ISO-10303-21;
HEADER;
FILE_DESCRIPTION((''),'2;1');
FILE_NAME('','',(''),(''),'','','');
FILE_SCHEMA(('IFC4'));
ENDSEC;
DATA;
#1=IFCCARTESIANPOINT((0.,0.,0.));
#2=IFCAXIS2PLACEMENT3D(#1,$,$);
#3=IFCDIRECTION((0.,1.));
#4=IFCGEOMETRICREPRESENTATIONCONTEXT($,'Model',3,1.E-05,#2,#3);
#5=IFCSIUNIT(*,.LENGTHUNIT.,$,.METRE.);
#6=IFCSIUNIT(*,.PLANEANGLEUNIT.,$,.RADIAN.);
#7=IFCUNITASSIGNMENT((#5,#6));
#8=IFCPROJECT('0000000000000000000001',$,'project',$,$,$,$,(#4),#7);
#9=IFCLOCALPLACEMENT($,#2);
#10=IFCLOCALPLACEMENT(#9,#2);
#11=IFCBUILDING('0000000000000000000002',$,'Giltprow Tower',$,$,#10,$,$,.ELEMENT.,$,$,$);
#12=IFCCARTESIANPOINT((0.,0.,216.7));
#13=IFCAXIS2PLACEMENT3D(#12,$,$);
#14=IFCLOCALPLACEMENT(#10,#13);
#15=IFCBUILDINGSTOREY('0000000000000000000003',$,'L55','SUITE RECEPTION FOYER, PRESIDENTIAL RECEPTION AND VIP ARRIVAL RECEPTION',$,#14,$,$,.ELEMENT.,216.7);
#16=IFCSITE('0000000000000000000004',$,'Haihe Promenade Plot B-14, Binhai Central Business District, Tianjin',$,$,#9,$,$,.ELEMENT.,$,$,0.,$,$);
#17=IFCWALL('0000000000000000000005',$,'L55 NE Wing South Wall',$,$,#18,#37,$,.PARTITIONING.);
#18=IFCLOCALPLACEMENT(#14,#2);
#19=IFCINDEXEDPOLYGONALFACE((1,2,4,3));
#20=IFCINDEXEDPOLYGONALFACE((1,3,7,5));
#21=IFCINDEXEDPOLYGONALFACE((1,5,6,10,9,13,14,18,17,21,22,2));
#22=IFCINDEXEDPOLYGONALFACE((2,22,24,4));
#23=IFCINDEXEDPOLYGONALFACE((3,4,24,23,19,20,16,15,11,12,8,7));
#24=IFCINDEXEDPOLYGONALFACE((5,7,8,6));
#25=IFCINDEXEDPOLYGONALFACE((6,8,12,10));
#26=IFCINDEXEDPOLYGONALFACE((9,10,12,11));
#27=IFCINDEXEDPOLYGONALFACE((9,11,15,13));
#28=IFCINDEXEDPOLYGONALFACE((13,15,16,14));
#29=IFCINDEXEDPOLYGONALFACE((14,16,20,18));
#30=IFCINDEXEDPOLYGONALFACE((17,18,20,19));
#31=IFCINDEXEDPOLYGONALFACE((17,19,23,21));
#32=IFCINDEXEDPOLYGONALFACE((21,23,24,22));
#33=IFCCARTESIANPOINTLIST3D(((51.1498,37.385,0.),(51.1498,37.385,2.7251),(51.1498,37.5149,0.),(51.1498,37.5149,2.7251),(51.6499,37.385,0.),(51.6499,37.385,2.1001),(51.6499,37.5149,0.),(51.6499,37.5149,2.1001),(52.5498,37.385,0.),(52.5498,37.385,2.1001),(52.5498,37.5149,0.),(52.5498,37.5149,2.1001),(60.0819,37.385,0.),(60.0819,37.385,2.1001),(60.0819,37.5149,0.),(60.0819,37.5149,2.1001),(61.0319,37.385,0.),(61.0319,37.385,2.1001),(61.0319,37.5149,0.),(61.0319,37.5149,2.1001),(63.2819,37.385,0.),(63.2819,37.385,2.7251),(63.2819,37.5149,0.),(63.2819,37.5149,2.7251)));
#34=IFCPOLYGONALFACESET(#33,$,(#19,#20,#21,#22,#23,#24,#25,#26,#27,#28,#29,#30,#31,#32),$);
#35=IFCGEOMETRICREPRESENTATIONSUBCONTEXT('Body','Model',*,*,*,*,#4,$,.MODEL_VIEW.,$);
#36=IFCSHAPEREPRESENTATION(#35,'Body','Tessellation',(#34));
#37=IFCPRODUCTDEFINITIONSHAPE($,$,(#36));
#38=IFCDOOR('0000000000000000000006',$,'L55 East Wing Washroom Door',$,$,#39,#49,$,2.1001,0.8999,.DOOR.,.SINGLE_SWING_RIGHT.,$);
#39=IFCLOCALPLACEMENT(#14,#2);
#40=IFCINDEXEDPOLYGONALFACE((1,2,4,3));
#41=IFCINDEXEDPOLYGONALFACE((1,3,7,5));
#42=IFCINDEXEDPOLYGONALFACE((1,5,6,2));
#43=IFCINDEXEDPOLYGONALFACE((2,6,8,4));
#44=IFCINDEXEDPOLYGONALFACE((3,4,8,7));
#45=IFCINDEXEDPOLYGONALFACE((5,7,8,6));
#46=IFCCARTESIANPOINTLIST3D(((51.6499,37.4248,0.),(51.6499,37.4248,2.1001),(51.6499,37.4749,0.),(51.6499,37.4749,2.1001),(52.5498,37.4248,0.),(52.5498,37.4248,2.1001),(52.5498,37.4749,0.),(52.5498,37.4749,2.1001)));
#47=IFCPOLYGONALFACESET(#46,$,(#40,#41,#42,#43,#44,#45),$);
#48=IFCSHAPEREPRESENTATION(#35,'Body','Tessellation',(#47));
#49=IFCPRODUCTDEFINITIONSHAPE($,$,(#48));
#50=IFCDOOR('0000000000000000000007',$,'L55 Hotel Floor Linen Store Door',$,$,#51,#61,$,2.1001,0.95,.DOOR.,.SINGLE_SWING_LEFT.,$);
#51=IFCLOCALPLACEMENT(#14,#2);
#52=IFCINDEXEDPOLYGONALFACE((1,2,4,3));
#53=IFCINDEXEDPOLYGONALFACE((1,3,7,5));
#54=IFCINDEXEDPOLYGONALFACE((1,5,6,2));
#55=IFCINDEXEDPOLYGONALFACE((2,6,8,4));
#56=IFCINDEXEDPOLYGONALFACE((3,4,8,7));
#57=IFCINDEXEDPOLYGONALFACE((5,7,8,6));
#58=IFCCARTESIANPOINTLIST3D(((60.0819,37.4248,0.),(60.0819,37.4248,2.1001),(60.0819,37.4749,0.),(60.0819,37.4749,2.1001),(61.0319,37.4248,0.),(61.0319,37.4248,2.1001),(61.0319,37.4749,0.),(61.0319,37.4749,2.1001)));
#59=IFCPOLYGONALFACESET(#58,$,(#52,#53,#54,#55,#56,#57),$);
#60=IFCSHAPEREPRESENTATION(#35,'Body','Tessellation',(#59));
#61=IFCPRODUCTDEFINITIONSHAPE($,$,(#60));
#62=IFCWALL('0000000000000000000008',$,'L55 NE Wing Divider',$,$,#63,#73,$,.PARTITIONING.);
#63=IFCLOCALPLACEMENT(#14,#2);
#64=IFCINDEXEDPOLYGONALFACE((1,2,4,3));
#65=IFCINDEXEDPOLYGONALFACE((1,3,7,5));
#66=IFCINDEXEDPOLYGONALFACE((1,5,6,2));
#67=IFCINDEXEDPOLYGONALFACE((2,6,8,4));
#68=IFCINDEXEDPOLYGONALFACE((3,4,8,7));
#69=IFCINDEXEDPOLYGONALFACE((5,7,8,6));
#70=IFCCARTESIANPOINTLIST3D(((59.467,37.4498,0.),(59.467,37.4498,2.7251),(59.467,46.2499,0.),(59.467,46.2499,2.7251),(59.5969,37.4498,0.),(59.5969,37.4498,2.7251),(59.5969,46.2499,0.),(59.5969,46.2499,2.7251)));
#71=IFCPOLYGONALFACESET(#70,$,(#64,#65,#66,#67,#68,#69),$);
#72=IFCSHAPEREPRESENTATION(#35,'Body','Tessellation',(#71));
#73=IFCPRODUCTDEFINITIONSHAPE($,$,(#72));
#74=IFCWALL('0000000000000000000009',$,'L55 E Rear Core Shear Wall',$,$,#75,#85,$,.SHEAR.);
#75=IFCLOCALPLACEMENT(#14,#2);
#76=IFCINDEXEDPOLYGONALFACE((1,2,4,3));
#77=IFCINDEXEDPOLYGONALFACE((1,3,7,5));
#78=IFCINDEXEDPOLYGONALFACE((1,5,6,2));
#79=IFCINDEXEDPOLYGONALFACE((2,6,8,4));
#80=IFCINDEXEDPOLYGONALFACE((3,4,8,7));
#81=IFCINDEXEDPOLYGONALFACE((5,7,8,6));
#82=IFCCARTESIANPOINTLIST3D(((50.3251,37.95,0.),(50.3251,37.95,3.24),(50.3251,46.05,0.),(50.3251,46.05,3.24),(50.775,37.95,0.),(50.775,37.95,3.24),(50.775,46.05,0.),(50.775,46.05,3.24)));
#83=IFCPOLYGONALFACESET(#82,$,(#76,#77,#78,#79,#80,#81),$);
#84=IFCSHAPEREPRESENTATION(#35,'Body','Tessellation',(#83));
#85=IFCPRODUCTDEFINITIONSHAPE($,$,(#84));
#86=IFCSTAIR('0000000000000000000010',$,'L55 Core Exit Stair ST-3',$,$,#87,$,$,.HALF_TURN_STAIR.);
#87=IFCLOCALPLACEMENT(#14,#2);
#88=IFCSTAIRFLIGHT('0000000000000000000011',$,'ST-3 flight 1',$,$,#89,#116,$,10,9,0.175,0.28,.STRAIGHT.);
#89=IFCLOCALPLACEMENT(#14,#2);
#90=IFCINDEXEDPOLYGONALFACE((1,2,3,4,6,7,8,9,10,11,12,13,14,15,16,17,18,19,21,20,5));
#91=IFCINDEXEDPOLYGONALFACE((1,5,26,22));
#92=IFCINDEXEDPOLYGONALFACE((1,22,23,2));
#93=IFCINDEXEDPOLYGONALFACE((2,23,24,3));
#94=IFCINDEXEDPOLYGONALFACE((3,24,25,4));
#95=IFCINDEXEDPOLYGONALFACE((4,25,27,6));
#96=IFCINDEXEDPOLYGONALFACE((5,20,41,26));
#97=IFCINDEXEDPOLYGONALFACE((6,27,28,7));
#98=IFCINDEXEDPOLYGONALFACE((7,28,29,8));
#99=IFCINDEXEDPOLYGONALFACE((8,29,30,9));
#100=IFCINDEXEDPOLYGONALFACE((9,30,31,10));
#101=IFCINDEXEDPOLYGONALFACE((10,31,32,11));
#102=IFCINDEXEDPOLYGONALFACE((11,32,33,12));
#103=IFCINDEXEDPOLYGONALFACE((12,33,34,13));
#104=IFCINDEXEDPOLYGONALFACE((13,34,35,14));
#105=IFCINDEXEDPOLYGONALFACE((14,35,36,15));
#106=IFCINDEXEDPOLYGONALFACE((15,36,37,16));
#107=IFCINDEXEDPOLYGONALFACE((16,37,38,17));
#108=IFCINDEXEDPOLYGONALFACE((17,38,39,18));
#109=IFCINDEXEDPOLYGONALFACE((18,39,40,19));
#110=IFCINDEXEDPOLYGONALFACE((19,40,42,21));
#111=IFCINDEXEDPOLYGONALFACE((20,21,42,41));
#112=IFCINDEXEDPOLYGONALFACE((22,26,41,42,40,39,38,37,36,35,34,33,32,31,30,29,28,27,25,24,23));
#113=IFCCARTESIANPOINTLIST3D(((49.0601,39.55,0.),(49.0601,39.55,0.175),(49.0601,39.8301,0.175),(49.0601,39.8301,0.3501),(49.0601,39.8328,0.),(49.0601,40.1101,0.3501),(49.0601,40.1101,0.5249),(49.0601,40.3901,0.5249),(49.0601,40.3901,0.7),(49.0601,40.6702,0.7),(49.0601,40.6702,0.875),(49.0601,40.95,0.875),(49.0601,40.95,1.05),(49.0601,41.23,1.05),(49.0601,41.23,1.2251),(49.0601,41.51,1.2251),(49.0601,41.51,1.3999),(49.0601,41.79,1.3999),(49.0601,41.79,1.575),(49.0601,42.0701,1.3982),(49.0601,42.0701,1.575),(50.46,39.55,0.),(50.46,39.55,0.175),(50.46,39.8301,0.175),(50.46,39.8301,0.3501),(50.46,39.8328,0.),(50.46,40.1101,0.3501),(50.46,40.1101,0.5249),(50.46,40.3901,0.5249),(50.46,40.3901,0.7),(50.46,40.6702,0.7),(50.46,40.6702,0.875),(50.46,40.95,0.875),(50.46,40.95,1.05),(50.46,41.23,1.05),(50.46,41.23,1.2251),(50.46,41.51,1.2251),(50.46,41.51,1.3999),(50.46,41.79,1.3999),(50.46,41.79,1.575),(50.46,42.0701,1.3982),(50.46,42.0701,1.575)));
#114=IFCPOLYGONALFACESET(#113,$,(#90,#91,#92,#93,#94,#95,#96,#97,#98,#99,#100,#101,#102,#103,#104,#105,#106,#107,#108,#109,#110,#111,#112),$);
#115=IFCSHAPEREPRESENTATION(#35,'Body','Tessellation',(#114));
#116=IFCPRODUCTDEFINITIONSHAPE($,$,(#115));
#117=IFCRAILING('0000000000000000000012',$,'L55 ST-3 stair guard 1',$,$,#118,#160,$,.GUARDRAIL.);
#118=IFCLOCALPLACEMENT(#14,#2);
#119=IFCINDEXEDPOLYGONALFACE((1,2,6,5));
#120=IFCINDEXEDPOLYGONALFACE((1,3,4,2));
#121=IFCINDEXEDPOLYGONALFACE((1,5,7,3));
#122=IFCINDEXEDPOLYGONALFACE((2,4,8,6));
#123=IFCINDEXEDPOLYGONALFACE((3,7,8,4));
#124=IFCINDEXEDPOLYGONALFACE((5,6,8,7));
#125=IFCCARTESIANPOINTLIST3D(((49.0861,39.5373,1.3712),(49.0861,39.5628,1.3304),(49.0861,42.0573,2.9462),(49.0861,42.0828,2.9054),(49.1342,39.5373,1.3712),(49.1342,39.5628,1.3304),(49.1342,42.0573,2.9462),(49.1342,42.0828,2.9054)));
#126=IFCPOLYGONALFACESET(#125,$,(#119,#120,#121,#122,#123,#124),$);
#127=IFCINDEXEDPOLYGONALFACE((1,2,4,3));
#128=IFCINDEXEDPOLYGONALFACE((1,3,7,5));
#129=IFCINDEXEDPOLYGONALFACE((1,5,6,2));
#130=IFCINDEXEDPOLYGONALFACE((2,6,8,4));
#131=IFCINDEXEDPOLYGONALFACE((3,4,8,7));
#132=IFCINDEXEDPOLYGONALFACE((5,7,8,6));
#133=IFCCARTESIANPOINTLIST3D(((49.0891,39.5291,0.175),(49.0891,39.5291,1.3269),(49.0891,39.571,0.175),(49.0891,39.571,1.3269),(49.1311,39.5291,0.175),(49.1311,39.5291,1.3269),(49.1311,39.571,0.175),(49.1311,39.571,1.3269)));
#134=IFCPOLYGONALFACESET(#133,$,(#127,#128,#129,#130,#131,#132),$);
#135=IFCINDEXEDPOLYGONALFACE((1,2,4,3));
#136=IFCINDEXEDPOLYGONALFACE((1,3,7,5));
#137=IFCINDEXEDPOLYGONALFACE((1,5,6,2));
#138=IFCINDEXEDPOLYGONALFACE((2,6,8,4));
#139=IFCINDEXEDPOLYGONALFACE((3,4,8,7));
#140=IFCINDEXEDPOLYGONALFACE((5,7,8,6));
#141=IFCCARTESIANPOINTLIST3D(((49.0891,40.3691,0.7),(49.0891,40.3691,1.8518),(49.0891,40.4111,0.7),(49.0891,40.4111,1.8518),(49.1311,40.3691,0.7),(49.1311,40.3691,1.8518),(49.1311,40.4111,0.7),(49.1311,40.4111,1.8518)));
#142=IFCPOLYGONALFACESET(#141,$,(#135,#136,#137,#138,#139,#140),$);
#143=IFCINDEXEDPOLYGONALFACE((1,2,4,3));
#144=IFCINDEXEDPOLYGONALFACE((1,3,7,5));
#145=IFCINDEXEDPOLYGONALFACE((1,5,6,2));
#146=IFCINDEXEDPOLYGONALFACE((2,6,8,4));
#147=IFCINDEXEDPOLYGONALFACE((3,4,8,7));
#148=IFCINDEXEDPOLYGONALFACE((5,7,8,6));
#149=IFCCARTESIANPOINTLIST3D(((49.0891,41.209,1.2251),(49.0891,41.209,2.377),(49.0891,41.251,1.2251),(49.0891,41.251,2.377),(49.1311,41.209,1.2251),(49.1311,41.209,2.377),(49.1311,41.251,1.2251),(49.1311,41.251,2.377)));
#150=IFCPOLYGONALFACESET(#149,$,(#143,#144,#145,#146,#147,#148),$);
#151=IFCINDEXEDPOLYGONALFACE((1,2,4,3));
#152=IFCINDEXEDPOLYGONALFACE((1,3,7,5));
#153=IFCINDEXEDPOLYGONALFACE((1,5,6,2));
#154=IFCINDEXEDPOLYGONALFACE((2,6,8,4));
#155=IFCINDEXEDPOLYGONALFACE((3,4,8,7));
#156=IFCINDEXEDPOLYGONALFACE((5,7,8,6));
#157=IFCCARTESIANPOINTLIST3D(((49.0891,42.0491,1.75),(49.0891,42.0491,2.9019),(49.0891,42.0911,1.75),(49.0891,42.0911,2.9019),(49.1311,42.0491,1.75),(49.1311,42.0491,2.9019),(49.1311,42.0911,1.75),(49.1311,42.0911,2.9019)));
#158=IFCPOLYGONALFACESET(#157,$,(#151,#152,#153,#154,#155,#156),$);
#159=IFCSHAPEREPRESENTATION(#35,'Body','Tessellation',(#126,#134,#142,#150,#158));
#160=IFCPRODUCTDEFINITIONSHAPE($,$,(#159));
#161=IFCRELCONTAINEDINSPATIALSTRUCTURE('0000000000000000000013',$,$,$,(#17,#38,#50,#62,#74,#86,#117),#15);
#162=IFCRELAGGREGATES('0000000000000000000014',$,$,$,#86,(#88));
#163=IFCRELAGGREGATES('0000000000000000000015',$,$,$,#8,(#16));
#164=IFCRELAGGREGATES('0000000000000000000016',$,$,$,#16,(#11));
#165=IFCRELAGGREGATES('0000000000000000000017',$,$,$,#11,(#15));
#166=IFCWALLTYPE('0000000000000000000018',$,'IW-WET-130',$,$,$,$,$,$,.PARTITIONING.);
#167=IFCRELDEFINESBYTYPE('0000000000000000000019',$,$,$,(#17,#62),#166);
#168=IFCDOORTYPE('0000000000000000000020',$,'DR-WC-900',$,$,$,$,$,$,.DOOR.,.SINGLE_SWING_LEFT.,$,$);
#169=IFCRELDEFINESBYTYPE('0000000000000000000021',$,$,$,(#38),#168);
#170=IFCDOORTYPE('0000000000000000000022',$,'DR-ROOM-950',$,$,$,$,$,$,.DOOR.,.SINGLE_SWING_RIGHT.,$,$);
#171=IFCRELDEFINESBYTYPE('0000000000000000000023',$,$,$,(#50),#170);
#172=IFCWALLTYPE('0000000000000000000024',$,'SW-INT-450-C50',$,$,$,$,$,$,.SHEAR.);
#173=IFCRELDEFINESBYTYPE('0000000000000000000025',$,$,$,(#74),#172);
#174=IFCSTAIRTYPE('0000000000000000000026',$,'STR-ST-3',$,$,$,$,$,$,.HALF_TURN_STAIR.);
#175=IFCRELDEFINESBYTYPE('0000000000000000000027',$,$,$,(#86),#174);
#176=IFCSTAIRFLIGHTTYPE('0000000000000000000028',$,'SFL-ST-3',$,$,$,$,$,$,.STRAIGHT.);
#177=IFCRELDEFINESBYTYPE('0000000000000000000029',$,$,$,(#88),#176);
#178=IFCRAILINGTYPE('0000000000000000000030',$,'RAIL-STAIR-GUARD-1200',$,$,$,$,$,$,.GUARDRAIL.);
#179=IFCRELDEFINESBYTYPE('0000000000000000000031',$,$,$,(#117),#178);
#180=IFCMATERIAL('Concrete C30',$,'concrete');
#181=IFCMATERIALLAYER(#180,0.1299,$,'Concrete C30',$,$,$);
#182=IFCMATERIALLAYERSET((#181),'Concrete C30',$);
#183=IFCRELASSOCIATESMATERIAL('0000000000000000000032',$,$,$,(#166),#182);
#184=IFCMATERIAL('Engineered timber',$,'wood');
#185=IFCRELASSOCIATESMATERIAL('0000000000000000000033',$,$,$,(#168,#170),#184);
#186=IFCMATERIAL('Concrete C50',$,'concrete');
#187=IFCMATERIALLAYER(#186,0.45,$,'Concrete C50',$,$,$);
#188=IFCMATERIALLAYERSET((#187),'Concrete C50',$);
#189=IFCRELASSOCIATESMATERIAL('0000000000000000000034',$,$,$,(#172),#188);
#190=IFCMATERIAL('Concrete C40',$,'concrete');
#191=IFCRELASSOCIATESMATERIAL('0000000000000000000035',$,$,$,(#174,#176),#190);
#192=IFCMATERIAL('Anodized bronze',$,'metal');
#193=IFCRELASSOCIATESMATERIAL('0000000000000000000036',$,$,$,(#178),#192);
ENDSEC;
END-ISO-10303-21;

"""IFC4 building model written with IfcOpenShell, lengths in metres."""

from ifc_helpers import new_model, si_unit, direction, frame, frame_2d, origin, origin_2d, place, context, subcontext, project, spatial, polyline, rectangle, outline, extrude, source, transform, mapped, material, layer, layer_set, type_object, element, fill, aggregate, save


model = new_model("IFC4")

# Units and contexts
model_context = context("Model", 3, precision=1e-05, world=origin(), true_north=direction((0.0, 1.0)))
body_context = subcontext(model_context, "Body", "Model", "MODEL_VIEW")
ifc_project = project(units=[si_unit("LENGTHUNIT", "METRE"), si_unit("PLANEANGLEUNIT", "RADIAN")], contexts=[model_context])

# Site, building, storey
site_placement = place(None, origin())
site = spatial("IfcSite", under=ifc_project, at=site_placement, Name="Haihe Promenade Plot B-14, Binhai Central Business District, Tianjin", CompositionType="ELEMENT", RefElevation=0.0)
building_placement = place(site_placement, origin())
building = spatial("IfcBuilding", under=site, at=building_placement, Name="Giltprow Tower", CompositionType="ELEMENT")
storey_placement = place(building_placement, frame((0.0, 0.0, 216.7)))
storey = spatial("IfcBuildingStorey", under=building, at=storey_placement, Name="L55", Description="SUITE RECEPTION FOYER, PRESIDENTIAL RECEPTION AND VIP ARRIVAL RECEPTION", CompositionType="ELEMENT", Elevation=216.7)

# Shared definitions
ifc_material_1 = material(Name="Concrete C50", Category="concrete")

# Shared definitions
ifc_material_2 = material(Name="Concrete C40", Category="concrete")

# Wall, openings, doors
ifc_material_3 = material(Name="Concrete C30", Category="concrete")
ifc_layer_1 = layer(ifc_material_3, 0.1299, Name="Concrete C30")
ifc_layer_set_1 = layer_set([ifc_layer_1], Name="Concrete C30")
wall_type_1 = type_object("IfcWallType", Name="IW-WET-130", PredefinedType="PARTITIONING", material=ifc_layer_set_1)
wall_1_placement = place(storey_placement, frame((51.1499, 37.45, 0.0), z_axis=(0.0, 0.0, 1.0), x_axis=(1.0, 0.0, 0.0)))
wall_1 = element("IfcWall", 1, at=wall_1_placement, inside=storey, type_object=wall_type_1, Name="L55 NE Wing South Wall", PredefinedType="PARTITIONING", context=body_context, shape_type="SweptSolid", body=[
    extrude(rectangle(XDim=12.1321, YDim=0.1299, at=frame_2d((6.0659, 0.0))), origin(), (0.0, 0.0, 1.0), 2.7251),
])
opening_1_placement = place(wall_1_placement, frame((0.5, 0.0, 0.0)))
opening_1 = element("IfcOpeningElement", 2, at=opening_1_placement, cuts=wall_1, PredefinedType="OPENING", context=body_context, shape_type="SweptSolid", body=[
    extrude(rectangle(XDim=0.8999, YDim=2.1001, at=frame_2d((0.45, 1.05))), frame((0.0, 0.075, 0.0), z_axis=(0.0, -1.0, 0.0), x_axis=(1.0, 0.0, 0.0)), (0.0, 0.0, 1.0), 0.1499),
])
opening_2_placement = place(wall_1_placement, frame((8.9319, 0.0, 0.0)))
opening_2 = element("IfcOpeningElement", 3, at=opening_2_placement, cuts=wall_1, PredefinedType="OPENING", context=body_context, shape_type="SweptSolid", body=[
    extrude(rectangle(XDim=0.95, YDim=2.1001, at=frame_2d((0.4751, 1.05))), frame((0.0, 0.075, 0.0), z_axis=(0.0, -1.0, 0.0), x_axis=(1.0, 0.0, 0.0)), (0.0, 0.0, 1.0), 0.1499),
])
ifc_material_4 = material(Name="Engineered timber", Category="wood")
door_type_1 = type_object("IfcDoorType", Name="DR-WC-900", OperationType="SINGLE_SWING_LEFT", PredefinedType="DOOR", material=ifc_material_4)
shared_shape_1 = source(origin(), body_context, "Body", "SweptSolid", [
    extrude(rectangle(XDim=0.8999, YDim=2.1001, at=frame_2d((0.45, 1.05))), frame((0.0, 0.0249, 0.0), z_axis=(0.0, -1.0, 0.0), x_axis=(1.0, 0.0, 0.0)), (0.0, 0.0, 1.0), 0.05),
])
door_1_placement = place(opening_1_placement, origin())
door_1 = element("IfcDoor", 4, at=door_1_placement, inside=storey, type_object=door_type_1, Name="L55 East Wing Washroom Door", OperationType="SINGLE_SWING_RIGHT", OverallHeight=2.1001, OverallWidth=0.8999, PredefinedType="DOOR", context=body_context, shape_type="MappedRepresentation", body=[
    mapped(shared_shape_1, transform((0.0, 0.0, 0.0), x_axis=(1.0, 0.0, 0.0), y_axis=(0.0, 1.0, 0.0), z_axis=(0.0, 0.0, 1.0), scale=1.0)),
])
fill(opening_1, door_1)
door_type_2 = type_object("IfcDoorType", Name="DR-ROOM-950", OperationType="SINGLE_SWING_RIGHT", PredefinedType="DOOR", material=ifc_material_4)
shared_shape_2 = source(origin(), body_context, "Body", "SweptSolid", [
    extrude(rectangle(XDim=0.95, YDim=2.1001, at=frame_2d((0.4751, 1.05))), frame((0.0, 0.0249, 0.0), z_axis=(0.0, -1.0, 0.0), x_axis=(1.0, 0.0, 0.0)), (0.0, 0.0, 1.0), 0.05),
])
door_2_placement = place(opening_2_placement, origin())
door_2 = element("IfcDoor", 5, at=door_2_placement, inside=storey, type_object=door_type_2, Name="L55 Hotel Floor Linen Store Door", OperationType="SINGLE_SWING_LEFT", OverallHeight=2.1001, OverallWidth=0.95, PredefinedType="DOOR", context=body_context, shape_type="MappedRepresentation", body=[
    mapped(shared_shape_2, transform((0.0, 0.0, 0.0), x_axis=(1.0, 0.0, 0.0), y_axis=(0.0, 1.0, 0.0), z_axis=(0.0, 0.0, 1.0), scale=1.0)),
])
fill(opening_2, door_2)

# Walls
wall_2_placement = place(storey_placement, frame((59.532, 37.45, 0.0), z_axis=(0.0, 0.0, 1.0), x_axis=(0.0, 1.0, 0.0)))
element("IfcWall", 6, at=wall_2_placement, inside=storey, type_object=wall_type_1, Name="L55 NE Wing Divider", PredefinedType="PARTITIONING", context=body_context, shape_type="SweptSolid", body=[
    extrude(rectangle(XDim=8.8, YDim=0.1299, at=frame_2d((4.3999, 0.0))), origin(), (0.0, 0.0, 1.0), 2.7251),
])
ifc_layer_2 = layer(ifc_material_1, 0.45, Name="Concrete C50")
ifc_layer_set_2 = layer_set([ifc_layer_2], Name="Concrete C50")
wall_type_2 = type_object("IfcWallType", Name="SW-INT-450-C50", PredefinedType="SHEAR", material=ifc_layer_set_2)
wall_3_placement = place(storey_placement, frame((50.55, 37.95, 0.0), z_axis=(0.0, 0.0, 1.0), x_axis=(0.0, 1.0, 0.0)))
element("IfcWall", 7, at=wall_3_placement, inside=storey, type_object=wall_type_2, Name="L55 E Rear Core Shear Wall", PredefinedType="SHEAR", context=body_context, shape_type="SweptSolid", body=[
    extrude(rectangle(XDim=8.1001, YDim=0.45, at=frame_2d((4.05, 0.0))), origin(), (0.0, 0.0, 1.0), 3.24),
])

# Stair, stair flight
stair_type = type_object("IfcStairType", Name="STR-ST-3", PredefinedType="HALF_TURN_STAIR", material=ifc_material_2)
stair_placement = place(storey_placement, origin())
stair = element("IfcStair", 8, at=stair_placement, inside=storey, type_object=stair_type, Name="L55 Core Exit Stair ST-3", PredefinedType="HALF_TURN_STAIR")
stair_flight_type = type_object("IfcStairFlightType", Name="SFL-ST-3", PredefinedType="STRAIGHT", material=ifc_material_2)
stair_flight_placement = place(storey_placement, frame((49.76, 39.55, 0.0), z_axis=(0.0, 0.0, 1.0), x_axis=(0.0, 1.0, 0.0)))
stair_flight = element("IfcStairFlight", 9, at=stair_flight_placement, type_object=stair_flight_type, Name="ST-3 flight 1", NumberOfRisers=10, NumberOfTreads=9, PredefinedType="STRAIGHT", RiserHeight=0.175, TreadLength=0.28, context=body_context, shape_type="SweptSolid", body=[
    extrude(outline(polyline([(0.0, 0.0), (0.0, 0.175), (0.28, 0.175), (0.28, 0.3501), (0.5601, 0.3501), (0.5601, 0.5249), (0.8401, 0.5249), (0.8401, 0.7), (1.1201, 0.7), (1.1201, 0.875), (1.3999, 0.875), (1.3999, 1.05), (1.6799, 1.05), (1.6799, 1.2251), (1.96, 1.2251), (1.96, 1.3999), (2.24, 1.3999), (2.24, 1.575), (2.52, 1.575), (2.52, 1.75), (2.52, 1.3982), (0.2827, 0.0), (0.0, 0.0)])), frame((0.0, 0.7, 0.0), z_axis=(0.0, -1.0, 0.0), x_axis=(1.0, 0.0, 0.0)), (0.0, 0.0, 1.0), 1.3999),
])
aggregate(stair, [stair_flight])

# Railing
ifc_material_5 = material(Name="Anodized bronze", Category="metal")
railing_type_1 = type_object("IfcRailingType", Name="RAIL-STAIR-GUARD-1200", PredefinedType="GUARDRAIL", material=ifc_material_5)
railing_1_placement = place(storey_placement, frame((49.1101, 39.55, 0.175)))
element("IfcRailing", 10, at=railing_1_placement, inside=storey, type_object=railing_type_1, Name="L55 ST-3 stair guard 1", PredefinedType="GUARDRAIL", context=body_context, shape_type="SweptSolid", body=[
    extrude(rectangle(XDim=0.0481, YDim=0.0481, at=origin_2d()), frame((0.0, 0.0, 1.1758), z_axis=(0.0, 0.848008, 0.529984), x_axis=(-1.0, 0.0, 0.0)), (0.0, 0.0, 1.0), 2.9717),
    extrude(rectangle(XDim=0.042, YDim=0.042, at=origin_2d()), origin(), (0.0, 0.0, 1.0), 1.1519),
    extrude(rectangle(XDim=0.042, YDim=0.042, at=origin_2d()), frame((0.0, 0.8401, 0.5249)), (0.0, 0.0, 1.0), 1.1519),
    extrude(rectangle(XDim=0.042, YDim=0.042, at=origin_2d()), frame((0.0, 1.6799, 1.05)), (0.0, 0.0, 1.0), 1.1519),
    extrude(rectangle(XDim=0.042, YDim=0.042, at=origin_2d()), frame((0.0, 2.52, 1.575)), (0.0, 0.0, 1.0), 1.1519),
])

save(model, "model.ifc")
